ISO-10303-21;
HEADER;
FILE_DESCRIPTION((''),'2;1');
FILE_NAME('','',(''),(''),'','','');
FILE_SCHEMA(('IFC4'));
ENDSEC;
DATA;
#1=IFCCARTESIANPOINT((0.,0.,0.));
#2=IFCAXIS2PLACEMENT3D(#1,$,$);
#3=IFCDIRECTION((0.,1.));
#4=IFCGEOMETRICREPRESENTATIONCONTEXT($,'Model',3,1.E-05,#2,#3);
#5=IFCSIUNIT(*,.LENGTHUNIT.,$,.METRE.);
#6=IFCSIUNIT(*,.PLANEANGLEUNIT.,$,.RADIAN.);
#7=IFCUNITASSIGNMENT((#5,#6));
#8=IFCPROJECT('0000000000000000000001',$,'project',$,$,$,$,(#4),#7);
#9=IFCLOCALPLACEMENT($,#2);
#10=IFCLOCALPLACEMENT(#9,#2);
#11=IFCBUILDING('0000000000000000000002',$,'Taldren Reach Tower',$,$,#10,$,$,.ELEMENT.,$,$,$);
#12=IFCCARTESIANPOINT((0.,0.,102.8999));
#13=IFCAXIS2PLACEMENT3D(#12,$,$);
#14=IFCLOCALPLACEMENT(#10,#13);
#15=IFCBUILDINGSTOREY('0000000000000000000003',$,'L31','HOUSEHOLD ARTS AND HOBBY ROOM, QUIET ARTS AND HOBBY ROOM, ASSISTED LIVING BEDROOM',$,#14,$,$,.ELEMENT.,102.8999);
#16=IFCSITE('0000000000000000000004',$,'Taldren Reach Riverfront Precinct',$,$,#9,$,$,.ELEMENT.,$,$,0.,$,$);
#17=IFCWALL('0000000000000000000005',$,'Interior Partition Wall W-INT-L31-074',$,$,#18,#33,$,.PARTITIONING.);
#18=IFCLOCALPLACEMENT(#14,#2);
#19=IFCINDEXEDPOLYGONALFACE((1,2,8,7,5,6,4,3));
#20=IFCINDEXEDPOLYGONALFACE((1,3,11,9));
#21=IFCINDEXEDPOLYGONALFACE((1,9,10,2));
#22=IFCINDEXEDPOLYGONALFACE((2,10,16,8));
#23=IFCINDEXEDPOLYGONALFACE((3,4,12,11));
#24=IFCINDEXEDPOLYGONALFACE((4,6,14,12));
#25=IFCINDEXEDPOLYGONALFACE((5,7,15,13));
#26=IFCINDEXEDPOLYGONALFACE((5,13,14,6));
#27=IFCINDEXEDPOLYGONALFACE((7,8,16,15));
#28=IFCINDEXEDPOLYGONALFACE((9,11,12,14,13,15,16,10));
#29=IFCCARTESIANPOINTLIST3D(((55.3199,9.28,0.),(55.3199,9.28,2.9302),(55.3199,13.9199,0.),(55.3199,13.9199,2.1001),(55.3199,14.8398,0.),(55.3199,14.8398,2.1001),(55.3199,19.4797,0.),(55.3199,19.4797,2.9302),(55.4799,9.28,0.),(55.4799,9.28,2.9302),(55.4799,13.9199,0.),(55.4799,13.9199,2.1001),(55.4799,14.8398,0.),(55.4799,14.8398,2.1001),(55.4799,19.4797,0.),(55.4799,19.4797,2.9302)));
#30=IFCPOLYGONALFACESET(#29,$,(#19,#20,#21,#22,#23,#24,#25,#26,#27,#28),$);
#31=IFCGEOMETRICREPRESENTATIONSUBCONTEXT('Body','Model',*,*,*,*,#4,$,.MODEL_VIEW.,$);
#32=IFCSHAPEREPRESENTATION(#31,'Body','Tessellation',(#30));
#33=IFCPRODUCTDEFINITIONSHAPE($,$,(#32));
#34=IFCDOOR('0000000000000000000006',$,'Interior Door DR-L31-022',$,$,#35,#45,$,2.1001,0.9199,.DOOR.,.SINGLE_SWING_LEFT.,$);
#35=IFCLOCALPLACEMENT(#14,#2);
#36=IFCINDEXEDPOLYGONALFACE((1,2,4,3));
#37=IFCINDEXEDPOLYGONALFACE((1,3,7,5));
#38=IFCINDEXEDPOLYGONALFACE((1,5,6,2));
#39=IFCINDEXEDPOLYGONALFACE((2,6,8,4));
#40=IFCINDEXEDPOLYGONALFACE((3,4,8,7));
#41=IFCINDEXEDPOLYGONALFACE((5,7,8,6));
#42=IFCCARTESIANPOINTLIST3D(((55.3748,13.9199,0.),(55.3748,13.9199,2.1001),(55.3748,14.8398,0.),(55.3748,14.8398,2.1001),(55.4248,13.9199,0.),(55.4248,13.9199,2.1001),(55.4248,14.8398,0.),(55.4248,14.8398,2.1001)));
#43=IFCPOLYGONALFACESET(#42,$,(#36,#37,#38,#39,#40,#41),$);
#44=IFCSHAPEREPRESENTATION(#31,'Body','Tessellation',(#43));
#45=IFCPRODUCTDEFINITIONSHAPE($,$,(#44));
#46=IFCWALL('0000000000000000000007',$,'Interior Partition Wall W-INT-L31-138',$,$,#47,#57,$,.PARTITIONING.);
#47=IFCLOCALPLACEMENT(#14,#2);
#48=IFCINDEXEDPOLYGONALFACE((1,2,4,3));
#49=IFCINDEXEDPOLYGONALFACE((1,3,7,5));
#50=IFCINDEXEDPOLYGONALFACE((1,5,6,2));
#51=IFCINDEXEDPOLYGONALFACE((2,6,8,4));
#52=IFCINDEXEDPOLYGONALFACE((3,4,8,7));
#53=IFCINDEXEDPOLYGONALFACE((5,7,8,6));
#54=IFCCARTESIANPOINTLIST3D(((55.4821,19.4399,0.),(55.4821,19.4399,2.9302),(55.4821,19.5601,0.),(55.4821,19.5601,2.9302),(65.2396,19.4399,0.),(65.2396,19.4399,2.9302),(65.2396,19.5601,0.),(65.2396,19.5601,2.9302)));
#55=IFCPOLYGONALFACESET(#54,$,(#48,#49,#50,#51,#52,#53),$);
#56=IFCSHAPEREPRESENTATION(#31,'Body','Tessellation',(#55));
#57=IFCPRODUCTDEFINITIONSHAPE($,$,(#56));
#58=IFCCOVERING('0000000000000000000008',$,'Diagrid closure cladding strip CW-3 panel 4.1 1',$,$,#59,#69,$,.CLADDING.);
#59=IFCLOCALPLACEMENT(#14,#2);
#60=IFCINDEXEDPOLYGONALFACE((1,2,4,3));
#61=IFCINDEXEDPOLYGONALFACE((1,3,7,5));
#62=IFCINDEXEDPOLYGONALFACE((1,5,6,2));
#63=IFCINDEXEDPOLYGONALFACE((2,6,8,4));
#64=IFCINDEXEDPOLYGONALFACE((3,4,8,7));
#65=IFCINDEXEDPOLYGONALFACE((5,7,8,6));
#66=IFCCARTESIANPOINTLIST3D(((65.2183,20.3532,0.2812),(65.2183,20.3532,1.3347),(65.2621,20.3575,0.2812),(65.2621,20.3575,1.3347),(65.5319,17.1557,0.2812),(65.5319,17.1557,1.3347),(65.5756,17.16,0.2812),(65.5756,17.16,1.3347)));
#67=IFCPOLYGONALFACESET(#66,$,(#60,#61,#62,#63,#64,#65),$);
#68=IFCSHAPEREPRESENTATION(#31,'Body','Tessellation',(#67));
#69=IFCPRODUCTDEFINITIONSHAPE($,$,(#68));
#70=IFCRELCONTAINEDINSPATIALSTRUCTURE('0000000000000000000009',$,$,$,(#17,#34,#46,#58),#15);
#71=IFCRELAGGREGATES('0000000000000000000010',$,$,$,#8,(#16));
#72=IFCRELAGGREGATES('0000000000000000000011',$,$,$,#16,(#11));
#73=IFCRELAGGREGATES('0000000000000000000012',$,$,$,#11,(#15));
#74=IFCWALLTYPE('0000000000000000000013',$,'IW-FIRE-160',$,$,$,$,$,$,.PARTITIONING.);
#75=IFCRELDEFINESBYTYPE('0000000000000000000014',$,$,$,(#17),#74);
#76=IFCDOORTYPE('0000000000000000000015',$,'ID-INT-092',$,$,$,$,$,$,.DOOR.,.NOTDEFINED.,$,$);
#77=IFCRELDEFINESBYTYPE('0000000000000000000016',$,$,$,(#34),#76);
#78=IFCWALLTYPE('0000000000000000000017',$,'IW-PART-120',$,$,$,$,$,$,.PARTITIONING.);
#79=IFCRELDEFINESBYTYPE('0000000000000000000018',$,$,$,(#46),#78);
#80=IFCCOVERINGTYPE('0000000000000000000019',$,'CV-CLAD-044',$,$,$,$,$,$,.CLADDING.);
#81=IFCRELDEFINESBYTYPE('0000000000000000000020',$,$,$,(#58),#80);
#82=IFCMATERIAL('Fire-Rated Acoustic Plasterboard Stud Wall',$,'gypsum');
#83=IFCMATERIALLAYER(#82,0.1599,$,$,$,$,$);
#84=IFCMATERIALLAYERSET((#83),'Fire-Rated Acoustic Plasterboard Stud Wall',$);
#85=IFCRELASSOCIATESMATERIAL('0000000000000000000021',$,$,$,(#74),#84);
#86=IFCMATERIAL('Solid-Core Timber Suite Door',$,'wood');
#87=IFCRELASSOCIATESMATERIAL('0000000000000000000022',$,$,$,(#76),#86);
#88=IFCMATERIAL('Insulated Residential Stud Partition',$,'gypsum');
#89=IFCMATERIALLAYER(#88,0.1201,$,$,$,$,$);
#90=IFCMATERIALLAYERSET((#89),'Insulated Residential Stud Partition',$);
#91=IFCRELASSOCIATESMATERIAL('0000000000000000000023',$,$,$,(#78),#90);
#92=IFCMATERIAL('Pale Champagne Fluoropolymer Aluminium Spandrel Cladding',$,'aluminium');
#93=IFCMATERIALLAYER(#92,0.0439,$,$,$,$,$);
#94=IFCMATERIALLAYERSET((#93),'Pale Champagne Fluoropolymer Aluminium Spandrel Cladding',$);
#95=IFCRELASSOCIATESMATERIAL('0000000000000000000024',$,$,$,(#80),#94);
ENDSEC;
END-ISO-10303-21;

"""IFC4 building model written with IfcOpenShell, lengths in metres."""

from ifc_helpers import new_model, si_unit, direction, frame, frame_2d, origin, origin_2d, place, context, subcontext, project, spatial, rectangle, extrude, source, transform, mapped, material, layer, layer_set, type_object, element, fill, save


model = new_model("IFC4")

# Units and contexts
model_context = context("Model", 3, precision=1e-05, world=origin(), true_north=direction((0.0, 1.0)))
body_context = subcontext(model_context, "Body", "Model", "MODEL_VIEW")
ifc_project = project(units=[si_unit("LENGTHUNIT", "METRE"), si_unit("PLANEANGLEUNIT", "RADIAN")], contexts=[model_context])

# Site, building, storey
site_placement = place(None, origin())
site = spatial("IfcSite", under=ifc_project, at=site_placement, Name="Taldren Reach Riverfront Precinct", CompositionType="ELEMENT", RefElevation=0.0)
building_placement = place(site_placement, origin())
building = spatial("IfcBuilding", under=site, at=building_placement, Name="Taldren Reach Tower", CompositionType="ELEMENT")
storey_placement = place(building_placement, frame((0.0, 0.0, 102.8999)))
storey = spatial("IfcBuildingStorey", under=building, at=storey_placement, Name="L31", Description="HOUSEHOLD ARTS AND HOBBY ROOM, QUIET ARTS AND HOBBY ROOM, ASSISTED LIVING BEDROOM", CompositionType="ELEMENT", Elevation=102.8999)

# Shared definitions
ifc_material_1 = material(Name="Fire-Rated Acoustic Plasterboard Stud Wall", Category="gypsum")
ifc_layer_1 = layer(ifc_material_1, 0.1599)
ifc_layer_set_1 = layer_set([ifc_layer_1], Name="Fire-Rated Acoustic Plasterboard Stud Wall")
wall_type_1 = type_object("IfcWallType", Name="IW-FIRE-160", PredefinedType="PARTITIONING", material=ifc_layer_set_1)

# Wall, opening, door
shared_shape_1 = source(origin(), body_context, "Body", "SweptSolid", [
    extrude(rectangle(XDim=10.1997, YDim=0.1599, at=frame_2d((5.0999, 0.0))), origin(), (0.0, 0.0, 1.0), 2.9302),
])
wall_1_placement = place(storey_placement, frame((55.3999, 19.4797, 0.0), z_axis=(0.0, 0.0, 1.0), x_axis=(0.0, -1.0, 0.0)))
wall_1 = element("IfcWall", 1, at=wall_1_placement, inside=storey, type_object=wall_type_1, Name="Interior Partition Wall W-INT-L31-074", PredefinedType="PARTITIONING", context=body_context, shape_type="MappedRepresentation", body=[
    mapped(shared_shape_1, transform((0.0, 0.0, 0.0), scale=1.0)),
])
shared_shape_2 = source(origin(), body_context, "Body", "SweptSolid", [
    extrude(rectangle(XDim=0.9199, YDim=2.1001, at=frame_2d((0.46, 1.05))), frame((0.0, 0.0898, 0.0), z_axis=(0.0, -1.0, 0.0), x_axis=(1.0, 0.0, 0.0)), (0.0, 0.0, 1.0), 0.1799),
])
opening_1_placement = place(wall_1_placement, frame((4.6399, 0.0, 0.0)))
opening_1 = element("IfcOpeningElement", 2, at=opening_1_placement, cuts=wall_1, PredefinedType="OPENING", context=body_context, shape_type="MappedRepresentation", body=[
    mapped(shared_shape_2, transform((0.0, 0.0, 0.0), scale=1.0)),
])
ifc_material_2 = material(Name="Solid-Core Timber Suite Door", Category="wood")
door_type_1 = type_object("IfcDoorType", Name="ID-INT-092", OperationType="NOTDEFINED", PredefinedType="DOOR", material=ifc_material_2)
shared_shape_3 = source(origin(), body_context, "Body", "SweptSolid", [
    extrude(rectangle(XDim=0.9199, YDim=2.1001, at=frame_2d((0.46, 1.05))), frame((0.0, 0.0249, 0.0), z_axis=(0.0, -1.0, 0.0), x_axis=(1.0, 0.0, 0.0)), (0.0, 0.0, 1.0), 0.05),
])
door_1_placement = place(opening_1_placement, origin())
door_1 = element("IfcDoor", 3, at=door_1_placement, inside=storey, type_object=door_type_1, Name="Interior Door DR-L31-022", OperationType="SINGLE_SWING_LEFT", OverallHeight=2.1001, OverallWidth=0.9199, PredefinedType="DOOR", context=body_context, shape_type="MappedRepresentation", body=[
    mapped(shared_shape_3, transform((0.0, 0.0, 0.0), scale=1.0)),
])
fill(opening_1, door_1)

# Wall
ifc_material_3 = material(Name="Insulated Residential Stud Partition", Category="gypsum")
ifc_layer_2 = layer(ifc_material_3, 0.1201)
ifc_layer_set_2 = layer_set([ifc_layer_2], Name="Insulated Residential Stud Partition")
wall_type_2 = type_object("IfcWallType", Name="IW-PART-120", PredefinedType="PARTITIONING", material=ifc_layer_set_2)
shared_shape_4 = source(origin(), body_context, "Body", "SweptSolid", [
    extrude(rectangle(XDim=9.7576, YDim=0.1201, at=frame_2d((4.8789, 0.0))), origin(), (0.0, 0.0, 1.0), 2.9302),
])
wall_2_placement = place(storey_placement, frame((55.4819, 19.5, 0.0), z_axis=(0.0, 0.0, 1.0), x_axis=(1.0, 0.0, 0.0)))
element("IfcWall", 4, at=wall_2_placement, inside=storey, type_object=wall_type_2, Name="Interior Partition Wall W-INT-L31-138", PredefinedType="PARTITIONING", context=body_context, shape_type="MappedRepresentation", body=[
    mapped(shared_shape_4, transform((0.0, 0.0, 0.0), scale=1.0)),
])

# Covering
ifc_material_4 = material(Name="Pale Champagne Fluoropolymer Aluminium Spandrel Cladding", Category="aluminium")
ifc_layer_3 = layer(ifc_material_4, 0.0439)
ifc_layer_set_3 = layer_set([ifc_layer_3], Name="Pale Champagne Fluoropolymer Aluminium Spandrel Cladding")
covering_type = type_object("IfcCoveringType", Name="CV-CLAD-044", PredefinedType="CLADDING", material=ifc_layer_set_3)
shared_shape_5 = source(origin(), body_context, "Body", "SweptSolid", [
    extrude(rectangle(XDim=3.2129, YDim=0.0439, at=origin_2d()), origin(), (0.0, 0.0, 1.0), 1.0535),
])
covering_placement = place(storey_placement, frame((65.397, 18.7566, 0.2812), z_axis=(0.0, 0.0, 1.0), x_axis=(-0.097583, 0.995227, 0.0)))
element("IfcCovering", 5, at=covering_placement, inside=storey, type_object=covering_type, Name="Diagrid closure cladding strip CW-3 panel 4.1 1", PredefinedType="CLADDING", context=body_context, shape_type="MappedRepresentation", body=[
    mapped(shared_shape_5, transform((0.0, 0.0, 0.0), scale=1.0)),
])

save(model, "model.ifc")
